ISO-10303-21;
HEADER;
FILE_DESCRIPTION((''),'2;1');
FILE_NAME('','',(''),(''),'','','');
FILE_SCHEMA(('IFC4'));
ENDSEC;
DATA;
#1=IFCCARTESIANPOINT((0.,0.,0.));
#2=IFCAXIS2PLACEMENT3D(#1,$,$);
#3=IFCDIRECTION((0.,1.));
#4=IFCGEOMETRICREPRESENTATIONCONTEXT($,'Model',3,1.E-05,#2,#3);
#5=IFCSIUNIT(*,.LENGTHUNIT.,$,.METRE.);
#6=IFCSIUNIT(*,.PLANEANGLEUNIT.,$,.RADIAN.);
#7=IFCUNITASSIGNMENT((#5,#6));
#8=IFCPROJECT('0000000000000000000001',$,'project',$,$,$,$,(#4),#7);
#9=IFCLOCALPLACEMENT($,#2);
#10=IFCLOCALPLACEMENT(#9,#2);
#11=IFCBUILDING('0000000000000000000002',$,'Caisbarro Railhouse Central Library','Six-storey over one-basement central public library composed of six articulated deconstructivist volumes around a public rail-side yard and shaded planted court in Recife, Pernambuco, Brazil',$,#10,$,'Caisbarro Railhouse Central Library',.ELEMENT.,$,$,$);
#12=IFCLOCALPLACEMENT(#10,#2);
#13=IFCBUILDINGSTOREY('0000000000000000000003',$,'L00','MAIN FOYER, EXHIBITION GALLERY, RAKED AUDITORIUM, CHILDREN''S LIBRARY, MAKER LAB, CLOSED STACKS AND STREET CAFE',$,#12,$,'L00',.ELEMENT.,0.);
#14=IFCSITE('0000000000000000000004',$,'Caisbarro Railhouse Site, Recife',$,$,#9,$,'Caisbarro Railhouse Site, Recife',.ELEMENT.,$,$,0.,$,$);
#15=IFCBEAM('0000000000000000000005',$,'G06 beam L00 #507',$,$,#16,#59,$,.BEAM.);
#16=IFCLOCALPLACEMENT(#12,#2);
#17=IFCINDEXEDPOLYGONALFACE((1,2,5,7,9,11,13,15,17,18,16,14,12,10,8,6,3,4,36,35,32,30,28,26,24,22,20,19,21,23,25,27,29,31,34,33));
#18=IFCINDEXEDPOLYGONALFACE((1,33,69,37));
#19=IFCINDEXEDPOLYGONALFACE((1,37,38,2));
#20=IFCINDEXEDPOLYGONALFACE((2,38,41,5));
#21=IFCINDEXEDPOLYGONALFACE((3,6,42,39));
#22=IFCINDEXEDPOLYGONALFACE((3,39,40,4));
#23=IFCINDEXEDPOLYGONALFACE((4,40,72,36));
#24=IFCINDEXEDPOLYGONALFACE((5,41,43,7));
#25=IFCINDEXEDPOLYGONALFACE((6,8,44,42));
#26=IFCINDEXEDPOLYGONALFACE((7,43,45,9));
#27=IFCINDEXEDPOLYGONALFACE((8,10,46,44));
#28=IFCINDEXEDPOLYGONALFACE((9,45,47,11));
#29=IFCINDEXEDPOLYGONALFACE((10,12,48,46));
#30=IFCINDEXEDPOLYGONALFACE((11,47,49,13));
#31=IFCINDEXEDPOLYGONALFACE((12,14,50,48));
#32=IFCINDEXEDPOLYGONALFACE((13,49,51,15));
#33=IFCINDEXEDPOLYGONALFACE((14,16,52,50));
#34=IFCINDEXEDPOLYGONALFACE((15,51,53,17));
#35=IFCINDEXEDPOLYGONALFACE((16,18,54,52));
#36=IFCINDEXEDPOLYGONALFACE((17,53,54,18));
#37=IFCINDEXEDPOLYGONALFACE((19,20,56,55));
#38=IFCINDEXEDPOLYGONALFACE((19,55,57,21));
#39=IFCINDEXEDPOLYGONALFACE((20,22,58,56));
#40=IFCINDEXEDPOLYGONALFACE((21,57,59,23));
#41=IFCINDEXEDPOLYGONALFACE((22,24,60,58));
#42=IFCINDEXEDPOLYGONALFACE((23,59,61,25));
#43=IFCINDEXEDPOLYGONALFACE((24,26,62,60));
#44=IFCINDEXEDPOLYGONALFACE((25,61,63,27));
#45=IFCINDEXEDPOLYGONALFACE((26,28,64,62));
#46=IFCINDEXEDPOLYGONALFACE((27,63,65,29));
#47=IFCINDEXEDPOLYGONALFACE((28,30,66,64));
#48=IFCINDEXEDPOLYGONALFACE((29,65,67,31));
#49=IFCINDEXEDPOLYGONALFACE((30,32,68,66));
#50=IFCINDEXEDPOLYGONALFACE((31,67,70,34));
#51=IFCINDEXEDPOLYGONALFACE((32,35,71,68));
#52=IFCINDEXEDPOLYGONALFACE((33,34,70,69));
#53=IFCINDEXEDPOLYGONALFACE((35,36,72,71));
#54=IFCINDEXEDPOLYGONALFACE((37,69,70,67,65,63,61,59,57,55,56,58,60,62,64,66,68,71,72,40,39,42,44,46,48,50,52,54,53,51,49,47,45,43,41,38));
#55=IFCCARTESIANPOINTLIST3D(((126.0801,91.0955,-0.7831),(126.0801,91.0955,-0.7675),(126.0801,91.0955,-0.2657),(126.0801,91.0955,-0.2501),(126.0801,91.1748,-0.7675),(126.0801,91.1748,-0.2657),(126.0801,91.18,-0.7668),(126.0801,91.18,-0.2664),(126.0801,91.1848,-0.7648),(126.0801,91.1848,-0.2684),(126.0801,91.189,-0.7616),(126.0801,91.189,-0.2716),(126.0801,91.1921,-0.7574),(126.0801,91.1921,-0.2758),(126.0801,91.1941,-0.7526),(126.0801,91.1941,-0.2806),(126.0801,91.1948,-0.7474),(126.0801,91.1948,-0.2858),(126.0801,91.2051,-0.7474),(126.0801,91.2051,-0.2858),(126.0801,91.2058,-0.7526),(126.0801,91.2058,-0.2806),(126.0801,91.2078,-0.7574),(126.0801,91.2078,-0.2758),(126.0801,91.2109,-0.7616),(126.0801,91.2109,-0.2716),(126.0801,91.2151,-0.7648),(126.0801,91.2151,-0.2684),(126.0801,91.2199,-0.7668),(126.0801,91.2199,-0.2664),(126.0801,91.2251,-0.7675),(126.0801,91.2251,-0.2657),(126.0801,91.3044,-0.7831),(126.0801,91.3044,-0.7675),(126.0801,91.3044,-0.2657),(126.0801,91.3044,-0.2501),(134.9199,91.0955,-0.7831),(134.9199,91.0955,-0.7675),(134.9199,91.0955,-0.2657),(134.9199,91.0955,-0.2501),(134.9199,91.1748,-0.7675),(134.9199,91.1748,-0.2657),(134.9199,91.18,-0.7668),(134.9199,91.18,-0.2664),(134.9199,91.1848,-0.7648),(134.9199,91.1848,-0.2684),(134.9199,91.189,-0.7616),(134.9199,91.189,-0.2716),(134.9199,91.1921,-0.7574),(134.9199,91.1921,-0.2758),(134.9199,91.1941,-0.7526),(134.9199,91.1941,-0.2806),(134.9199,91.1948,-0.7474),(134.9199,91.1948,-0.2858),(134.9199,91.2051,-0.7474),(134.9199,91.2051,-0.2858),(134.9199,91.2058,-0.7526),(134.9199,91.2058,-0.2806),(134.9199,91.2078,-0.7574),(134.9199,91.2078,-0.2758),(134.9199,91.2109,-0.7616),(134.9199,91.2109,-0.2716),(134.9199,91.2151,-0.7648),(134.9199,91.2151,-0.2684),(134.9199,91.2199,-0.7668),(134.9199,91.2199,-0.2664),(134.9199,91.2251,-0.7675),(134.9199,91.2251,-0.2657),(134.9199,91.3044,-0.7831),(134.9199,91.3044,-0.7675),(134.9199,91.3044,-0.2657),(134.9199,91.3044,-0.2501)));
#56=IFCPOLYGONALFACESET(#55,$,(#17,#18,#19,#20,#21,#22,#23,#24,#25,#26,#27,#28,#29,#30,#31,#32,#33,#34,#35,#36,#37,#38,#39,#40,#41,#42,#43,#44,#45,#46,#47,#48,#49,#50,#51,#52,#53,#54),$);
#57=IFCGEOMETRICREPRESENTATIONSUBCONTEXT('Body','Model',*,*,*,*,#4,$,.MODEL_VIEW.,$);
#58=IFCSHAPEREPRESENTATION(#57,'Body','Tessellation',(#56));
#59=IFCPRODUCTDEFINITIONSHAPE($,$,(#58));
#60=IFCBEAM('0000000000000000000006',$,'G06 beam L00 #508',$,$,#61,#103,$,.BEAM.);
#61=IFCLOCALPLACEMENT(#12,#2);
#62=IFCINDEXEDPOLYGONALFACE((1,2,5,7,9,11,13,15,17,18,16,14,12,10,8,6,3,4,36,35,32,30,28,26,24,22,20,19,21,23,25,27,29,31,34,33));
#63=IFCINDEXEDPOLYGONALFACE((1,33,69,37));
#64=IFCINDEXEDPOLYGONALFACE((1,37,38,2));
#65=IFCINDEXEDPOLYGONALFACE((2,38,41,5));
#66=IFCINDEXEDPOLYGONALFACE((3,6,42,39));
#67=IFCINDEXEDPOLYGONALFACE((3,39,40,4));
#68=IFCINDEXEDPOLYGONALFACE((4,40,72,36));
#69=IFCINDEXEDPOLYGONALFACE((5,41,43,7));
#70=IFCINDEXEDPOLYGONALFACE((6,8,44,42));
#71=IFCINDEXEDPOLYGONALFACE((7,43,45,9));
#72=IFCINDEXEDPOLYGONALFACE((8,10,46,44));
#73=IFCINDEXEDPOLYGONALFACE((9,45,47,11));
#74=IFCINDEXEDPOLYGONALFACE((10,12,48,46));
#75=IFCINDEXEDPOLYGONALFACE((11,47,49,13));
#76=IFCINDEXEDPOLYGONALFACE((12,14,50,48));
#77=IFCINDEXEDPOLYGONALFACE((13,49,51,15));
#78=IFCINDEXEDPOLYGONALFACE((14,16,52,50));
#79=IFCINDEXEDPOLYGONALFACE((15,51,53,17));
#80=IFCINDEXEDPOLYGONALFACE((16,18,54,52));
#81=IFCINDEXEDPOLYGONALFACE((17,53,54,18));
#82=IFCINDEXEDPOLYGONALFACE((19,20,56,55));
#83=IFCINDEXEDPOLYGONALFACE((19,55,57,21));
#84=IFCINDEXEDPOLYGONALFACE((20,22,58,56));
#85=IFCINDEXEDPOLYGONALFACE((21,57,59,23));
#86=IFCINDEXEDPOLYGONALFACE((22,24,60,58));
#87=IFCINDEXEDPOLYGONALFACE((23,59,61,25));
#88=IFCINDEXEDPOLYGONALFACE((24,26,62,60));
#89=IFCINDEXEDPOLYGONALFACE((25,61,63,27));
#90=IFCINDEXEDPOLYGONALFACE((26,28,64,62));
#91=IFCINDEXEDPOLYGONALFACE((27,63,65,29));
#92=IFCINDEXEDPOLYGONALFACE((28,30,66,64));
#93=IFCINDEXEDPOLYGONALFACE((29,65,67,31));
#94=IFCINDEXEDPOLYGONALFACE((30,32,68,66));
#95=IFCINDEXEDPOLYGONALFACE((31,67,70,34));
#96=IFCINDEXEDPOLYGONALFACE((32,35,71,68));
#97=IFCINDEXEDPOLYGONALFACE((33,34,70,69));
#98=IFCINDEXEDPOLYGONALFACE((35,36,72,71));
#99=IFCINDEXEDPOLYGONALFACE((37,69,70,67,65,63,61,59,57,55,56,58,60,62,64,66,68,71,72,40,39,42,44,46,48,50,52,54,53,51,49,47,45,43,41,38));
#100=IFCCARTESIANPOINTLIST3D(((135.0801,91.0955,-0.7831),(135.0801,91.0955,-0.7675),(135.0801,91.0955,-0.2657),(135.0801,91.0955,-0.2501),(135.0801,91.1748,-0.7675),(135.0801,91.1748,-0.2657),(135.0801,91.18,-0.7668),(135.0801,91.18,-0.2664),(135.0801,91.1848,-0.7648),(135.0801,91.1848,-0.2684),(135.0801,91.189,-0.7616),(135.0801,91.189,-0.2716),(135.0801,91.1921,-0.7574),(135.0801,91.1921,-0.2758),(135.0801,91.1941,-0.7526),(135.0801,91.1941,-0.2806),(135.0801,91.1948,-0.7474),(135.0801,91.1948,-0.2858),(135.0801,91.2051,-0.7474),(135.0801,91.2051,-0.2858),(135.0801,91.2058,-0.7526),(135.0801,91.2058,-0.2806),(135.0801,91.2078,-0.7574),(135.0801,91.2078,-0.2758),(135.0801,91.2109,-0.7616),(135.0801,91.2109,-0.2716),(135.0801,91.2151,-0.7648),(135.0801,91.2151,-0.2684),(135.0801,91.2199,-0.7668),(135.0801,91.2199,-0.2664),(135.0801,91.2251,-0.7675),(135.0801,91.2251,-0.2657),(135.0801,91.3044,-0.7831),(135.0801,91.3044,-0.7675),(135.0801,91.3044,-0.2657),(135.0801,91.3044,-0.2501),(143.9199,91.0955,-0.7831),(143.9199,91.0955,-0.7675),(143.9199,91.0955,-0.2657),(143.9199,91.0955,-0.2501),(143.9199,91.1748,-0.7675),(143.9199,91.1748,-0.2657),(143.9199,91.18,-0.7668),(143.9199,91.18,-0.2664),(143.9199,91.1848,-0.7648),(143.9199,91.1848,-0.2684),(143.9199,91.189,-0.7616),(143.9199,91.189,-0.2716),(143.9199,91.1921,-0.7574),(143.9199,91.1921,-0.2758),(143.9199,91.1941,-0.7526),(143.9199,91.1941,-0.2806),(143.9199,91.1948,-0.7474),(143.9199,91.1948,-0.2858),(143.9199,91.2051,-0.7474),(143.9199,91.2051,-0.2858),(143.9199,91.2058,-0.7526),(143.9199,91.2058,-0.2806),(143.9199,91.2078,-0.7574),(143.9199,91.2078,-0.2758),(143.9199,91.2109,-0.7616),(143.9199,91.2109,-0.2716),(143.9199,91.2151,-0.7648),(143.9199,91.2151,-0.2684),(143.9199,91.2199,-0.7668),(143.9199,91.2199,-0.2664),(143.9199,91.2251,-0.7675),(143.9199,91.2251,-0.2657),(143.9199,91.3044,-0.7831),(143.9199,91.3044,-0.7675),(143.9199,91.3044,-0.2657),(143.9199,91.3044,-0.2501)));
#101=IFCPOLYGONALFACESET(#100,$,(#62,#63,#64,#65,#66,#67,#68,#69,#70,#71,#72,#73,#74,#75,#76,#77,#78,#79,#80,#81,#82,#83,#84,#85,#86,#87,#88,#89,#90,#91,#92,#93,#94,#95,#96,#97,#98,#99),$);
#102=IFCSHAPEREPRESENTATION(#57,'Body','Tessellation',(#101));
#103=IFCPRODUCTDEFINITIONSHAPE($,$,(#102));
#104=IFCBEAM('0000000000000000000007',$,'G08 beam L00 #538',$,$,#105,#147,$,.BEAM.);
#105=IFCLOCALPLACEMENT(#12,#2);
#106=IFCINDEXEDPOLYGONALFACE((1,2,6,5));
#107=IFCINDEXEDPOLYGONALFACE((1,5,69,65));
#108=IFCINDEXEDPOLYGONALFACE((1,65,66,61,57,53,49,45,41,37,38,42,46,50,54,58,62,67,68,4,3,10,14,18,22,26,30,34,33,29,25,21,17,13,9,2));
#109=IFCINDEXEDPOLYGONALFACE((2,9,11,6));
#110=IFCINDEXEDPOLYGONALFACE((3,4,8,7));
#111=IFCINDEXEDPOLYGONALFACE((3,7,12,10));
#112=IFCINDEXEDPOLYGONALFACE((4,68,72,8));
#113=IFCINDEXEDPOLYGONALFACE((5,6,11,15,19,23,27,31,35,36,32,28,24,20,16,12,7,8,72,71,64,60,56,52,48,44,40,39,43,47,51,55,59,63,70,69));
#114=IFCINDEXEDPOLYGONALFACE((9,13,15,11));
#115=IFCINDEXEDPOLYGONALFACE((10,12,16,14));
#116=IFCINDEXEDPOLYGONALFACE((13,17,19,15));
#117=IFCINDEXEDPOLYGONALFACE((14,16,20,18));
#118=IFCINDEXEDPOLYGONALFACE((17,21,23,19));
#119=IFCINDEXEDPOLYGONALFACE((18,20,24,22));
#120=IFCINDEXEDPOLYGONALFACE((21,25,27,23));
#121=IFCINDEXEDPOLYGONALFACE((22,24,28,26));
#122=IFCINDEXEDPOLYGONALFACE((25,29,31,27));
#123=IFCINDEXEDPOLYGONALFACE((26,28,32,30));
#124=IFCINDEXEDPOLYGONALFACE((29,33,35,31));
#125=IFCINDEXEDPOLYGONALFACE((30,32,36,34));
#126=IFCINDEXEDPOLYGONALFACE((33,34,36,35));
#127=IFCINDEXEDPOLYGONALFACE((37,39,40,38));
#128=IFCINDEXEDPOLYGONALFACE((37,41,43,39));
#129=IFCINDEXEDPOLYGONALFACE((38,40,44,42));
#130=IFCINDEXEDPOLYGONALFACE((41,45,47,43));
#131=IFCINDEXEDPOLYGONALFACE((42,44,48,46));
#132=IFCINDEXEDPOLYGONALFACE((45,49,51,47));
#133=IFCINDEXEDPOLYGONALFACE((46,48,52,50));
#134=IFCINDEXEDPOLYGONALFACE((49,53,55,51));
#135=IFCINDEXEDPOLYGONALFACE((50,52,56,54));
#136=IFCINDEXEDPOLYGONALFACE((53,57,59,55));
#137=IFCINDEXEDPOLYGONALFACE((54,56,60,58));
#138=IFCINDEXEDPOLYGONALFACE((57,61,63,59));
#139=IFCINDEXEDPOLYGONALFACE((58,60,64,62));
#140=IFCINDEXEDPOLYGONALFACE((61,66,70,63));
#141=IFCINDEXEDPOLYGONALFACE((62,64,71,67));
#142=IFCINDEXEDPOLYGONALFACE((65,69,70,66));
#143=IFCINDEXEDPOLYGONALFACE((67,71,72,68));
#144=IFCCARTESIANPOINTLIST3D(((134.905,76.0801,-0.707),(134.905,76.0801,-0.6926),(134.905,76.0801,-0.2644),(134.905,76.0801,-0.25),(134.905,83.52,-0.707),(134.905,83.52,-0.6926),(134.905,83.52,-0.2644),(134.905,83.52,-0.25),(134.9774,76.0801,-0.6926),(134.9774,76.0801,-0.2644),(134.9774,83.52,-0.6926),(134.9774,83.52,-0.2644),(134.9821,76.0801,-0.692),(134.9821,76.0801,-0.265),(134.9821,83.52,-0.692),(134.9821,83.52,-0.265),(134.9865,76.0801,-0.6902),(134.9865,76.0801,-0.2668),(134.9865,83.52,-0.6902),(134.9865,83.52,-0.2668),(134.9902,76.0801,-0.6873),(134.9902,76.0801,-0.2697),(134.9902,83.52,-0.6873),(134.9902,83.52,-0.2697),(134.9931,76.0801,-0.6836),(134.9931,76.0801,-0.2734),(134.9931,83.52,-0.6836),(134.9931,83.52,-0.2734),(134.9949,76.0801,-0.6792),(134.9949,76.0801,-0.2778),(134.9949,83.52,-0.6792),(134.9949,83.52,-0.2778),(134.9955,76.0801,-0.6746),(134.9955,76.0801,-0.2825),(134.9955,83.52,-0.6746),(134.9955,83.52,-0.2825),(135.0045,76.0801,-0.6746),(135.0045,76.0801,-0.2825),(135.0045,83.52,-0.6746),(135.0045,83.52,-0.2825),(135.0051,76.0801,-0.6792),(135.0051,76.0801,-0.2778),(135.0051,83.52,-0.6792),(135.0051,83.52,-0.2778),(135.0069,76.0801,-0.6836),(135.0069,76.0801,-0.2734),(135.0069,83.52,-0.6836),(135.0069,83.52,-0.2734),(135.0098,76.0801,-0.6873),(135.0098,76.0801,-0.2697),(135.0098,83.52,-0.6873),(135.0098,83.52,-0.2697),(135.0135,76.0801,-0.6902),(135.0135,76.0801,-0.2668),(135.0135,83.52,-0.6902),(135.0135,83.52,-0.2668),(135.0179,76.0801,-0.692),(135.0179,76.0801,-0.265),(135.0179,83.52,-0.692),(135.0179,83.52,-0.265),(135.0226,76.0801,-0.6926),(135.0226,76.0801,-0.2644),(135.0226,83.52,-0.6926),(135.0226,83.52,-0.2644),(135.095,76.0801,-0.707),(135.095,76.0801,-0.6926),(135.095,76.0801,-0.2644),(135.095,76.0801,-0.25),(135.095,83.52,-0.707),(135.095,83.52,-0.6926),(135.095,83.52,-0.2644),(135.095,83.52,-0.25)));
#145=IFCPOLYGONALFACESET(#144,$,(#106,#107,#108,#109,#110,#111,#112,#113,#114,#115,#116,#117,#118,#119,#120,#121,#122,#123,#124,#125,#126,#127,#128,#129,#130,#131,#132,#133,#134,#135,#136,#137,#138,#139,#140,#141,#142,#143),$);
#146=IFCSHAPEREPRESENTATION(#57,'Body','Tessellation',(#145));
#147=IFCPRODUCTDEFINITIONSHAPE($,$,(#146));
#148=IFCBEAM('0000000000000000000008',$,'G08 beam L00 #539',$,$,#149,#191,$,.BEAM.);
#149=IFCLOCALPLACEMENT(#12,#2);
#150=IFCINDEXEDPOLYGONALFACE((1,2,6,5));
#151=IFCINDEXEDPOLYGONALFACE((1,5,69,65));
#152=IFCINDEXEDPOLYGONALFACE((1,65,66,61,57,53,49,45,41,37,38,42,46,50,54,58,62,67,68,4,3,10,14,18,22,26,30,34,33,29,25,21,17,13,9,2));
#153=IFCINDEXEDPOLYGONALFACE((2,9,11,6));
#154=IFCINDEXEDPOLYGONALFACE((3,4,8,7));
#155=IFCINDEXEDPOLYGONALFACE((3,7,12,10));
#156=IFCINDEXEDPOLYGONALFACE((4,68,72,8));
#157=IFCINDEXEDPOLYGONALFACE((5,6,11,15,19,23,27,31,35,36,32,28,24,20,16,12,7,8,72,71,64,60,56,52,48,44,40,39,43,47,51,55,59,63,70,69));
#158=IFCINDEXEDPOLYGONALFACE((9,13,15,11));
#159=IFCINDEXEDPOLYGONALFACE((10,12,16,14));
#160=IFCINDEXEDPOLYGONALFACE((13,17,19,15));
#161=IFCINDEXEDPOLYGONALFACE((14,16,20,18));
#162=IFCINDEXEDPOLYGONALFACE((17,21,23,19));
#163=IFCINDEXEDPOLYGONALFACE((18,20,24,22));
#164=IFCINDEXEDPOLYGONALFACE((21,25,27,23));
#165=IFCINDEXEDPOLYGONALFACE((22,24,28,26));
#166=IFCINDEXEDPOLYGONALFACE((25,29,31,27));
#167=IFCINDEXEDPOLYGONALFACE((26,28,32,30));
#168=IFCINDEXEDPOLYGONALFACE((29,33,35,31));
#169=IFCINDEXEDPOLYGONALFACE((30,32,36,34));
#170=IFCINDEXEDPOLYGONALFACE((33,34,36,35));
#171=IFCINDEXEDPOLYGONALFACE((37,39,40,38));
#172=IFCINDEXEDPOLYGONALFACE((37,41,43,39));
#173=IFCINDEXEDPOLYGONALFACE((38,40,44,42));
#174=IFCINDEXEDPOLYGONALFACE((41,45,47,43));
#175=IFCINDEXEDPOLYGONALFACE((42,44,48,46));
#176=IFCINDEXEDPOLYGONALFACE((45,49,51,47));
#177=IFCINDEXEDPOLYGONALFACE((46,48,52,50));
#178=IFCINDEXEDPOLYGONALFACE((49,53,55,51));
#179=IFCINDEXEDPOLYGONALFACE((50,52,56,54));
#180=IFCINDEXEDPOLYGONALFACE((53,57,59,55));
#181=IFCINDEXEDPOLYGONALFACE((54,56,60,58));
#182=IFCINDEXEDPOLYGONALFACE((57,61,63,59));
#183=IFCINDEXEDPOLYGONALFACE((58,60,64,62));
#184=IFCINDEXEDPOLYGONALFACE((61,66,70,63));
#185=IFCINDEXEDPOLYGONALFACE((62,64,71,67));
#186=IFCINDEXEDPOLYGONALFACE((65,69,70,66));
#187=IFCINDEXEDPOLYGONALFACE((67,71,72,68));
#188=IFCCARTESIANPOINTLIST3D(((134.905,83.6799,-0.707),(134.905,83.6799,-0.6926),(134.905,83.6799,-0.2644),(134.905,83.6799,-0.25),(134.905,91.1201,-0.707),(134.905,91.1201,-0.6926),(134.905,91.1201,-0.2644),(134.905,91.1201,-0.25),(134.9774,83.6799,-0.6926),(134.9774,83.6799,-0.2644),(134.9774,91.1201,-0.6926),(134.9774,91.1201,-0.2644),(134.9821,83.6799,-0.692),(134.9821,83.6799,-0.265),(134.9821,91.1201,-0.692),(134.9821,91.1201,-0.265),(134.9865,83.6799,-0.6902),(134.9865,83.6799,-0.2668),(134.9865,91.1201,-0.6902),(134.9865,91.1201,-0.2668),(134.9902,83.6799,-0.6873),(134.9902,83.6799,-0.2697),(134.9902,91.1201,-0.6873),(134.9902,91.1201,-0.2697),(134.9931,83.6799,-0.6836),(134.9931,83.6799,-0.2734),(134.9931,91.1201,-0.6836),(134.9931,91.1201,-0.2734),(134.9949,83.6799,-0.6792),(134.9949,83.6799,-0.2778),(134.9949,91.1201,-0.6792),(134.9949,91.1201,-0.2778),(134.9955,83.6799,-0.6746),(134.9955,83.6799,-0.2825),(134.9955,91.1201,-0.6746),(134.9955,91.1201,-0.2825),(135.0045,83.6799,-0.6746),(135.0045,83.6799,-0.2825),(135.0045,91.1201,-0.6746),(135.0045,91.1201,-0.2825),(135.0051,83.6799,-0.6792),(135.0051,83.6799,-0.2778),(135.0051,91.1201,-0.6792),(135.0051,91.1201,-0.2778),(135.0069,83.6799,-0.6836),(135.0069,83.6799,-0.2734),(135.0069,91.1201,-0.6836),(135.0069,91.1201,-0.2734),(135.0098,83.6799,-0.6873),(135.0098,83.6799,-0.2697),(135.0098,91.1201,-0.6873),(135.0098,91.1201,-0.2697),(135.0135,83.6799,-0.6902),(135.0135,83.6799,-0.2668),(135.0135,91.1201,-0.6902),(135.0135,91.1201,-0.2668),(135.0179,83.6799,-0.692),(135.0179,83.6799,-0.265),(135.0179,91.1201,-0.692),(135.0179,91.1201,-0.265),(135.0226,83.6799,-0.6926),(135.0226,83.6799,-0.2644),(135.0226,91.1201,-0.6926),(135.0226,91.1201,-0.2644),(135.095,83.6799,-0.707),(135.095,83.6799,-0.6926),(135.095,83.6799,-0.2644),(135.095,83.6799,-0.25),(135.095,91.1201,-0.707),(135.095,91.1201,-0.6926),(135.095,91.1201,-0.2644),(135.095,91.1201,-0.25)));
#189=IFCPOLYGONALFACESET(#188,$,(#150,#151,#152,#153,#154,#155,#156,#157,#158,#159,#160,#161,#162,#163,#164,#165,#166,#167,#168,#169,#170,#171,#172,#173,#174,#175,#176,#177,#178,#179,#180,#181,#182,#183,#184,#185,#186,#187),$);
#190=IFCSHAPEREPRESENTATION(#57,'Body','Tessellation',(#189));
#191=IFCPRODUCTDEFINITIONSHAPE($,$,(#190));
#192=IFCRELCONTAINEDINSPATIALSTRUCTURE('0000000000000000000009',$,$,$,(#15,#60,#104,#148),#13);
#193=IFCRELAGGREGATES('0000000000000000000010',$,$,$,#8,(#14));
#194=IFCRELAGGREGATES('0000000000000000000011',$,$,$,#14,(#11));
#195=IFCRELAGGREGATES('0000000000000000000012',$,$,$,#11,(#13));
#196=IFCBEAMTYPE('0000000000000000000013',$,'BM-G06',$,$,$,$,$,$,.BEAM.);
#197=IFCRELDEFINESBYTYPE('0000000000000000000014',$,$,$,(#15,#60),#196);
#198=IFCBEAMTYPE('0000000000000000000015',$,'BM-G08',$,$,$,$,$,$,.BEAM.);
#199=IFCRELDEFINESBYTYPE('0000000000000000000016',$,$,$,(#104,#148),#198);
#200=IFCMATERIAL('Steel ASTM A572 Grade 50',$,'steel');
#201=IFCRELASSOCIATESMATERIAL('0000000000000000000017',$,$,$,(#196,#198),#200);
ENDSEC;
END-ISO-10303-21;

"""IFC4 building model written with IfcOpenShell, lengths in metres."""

from ifc_helpers import new_model, si_unit, direction, frame, origin, origin_2d, place, context, subcontext, project, spatial, i_section, extrude, material, material_profile, profile_set, type_object, element, save


model = new_model("IFC4")

# Units and contexts
model_context = context("Model", 3, precision=1e-05, world=origin(), true_north=direction((0.0, 1.0)))
body_context = subcontext(model_context, "Body", "Model", "MODEL_VIEW")
ifc_project = project(units=[si_unit("LENGTHUNIT", "METRE"), si_unit("PLANEANGLEUNIT", "RADIAN")], contexts=[model_context])

# Site, building, storey
site_placement = place(None, origin())
site = spatial("IfcSite", under=ifc_project, at=site_placement, Name="Caisbarro Railhouse Site, Recife", LongName="Caisbarro Railhouse Site, Recife", CompositionType="ELEMENT", RefElevation=0.0)
building_placement = place(site_placement, origin())
building = spatial("IfcBuilding", under=site, at=building_placement, Name="Caisbarro Railhouse Central Library", Description="Six-storey over one-basement central public library composed of six articulated deconstructivist volumes around a public rail-side yard and shaded planted court in Recife, Pernambuco, Brazil", LongName="Caisbarro Railhouse Central Library", CompositionType="ELEMENT")
storey_placement = place(building_placement, origin())
storey = spatial("IfcBuildingStorey", under=building, at=storey_placement, Name="L00", Description="MAIN FOYER, EXHIBITION GALLERY, RAKED AUDITORIUM, CHILDREN'S LIBRARY, MAKER LAB, CLOSED STACKS AND STREET CAFE", LongName="L00", CompositionType="ELEMENT", Elevation=0.0)

# Shared definitions
ifc_material_1 = material(Name="Steel ASTM A572 Grade 50", Category="steel")

# Beams
ifc_material_profile_1 = material_profile(ifc_material_1, i_section(OverallWidth=0.209, OverallDepth=0.533, WebThickness=0.0103, FlangeThickness=0.0156, FilletRadius=0.02, at=origin_2d()), Name="W530X92.0")
ifc_profile_set_1 = profile_set([ifc_material_profile_1], Name="Steel ASTM A572 Grade 50")
beam_type_1 = type_object("IfcBeamType", Name="BM-G06", PredefinedType="BEAM", material=ifc_profile_set_1)
for number, where, z_axis, x_axis, name in (
    (1, (126.0801, 91.2, -0.5166), (1.0, 0.0, 0.0), (0.0, 1.0, 0.0), "G06 beam L00 #507"),
    (2, (135.0801, 91.2, -0.5166), (1.0, 0.0, 0.0), (0.0, 1.0, 0.0), "G06 beam L00 #508"),
):
    element("IfcBeam", number, at=place(storey_placement, frame(where, z_axis=z_axis, x_axis=x_axis)), inside=storey, type_object=beam_type_1, Name=name, PredefinedType="BEAM", context=body_context, shape_type="SweptSolid", body=[
        extrude(i_section(OverallWidth=0.209, OverallDepth=0.533, WebThickness=0.0103, FlangeThickness=0.0156, FilletRadius=0.02, at=origin_2d()), origin(), (0.0, 0.0, 1.0), 8.8398),
    ])
ifc_material_profile_2 = material_profile(ifc_material_1, i_section(OverallWidth=0.1899, OverallDepth=0.457, WebThickness=0.009, FlangeThickness=0.0144, FilletRadius=0.0181, at=origin_2d()), Name="W460X74.0")
ifc_profile_set_2 = profile_set([ifc_material_profile_2], Name="Steel ASTM A572 Grade 50")
beam_type_2 = type_object("IfcBeamType", Name="BM-G08", PredefinedType="BEAM", material=ifc_profile_set_2)
beam_1_placement = place(storey_placement, frame((135.0, 76.0801, -0.4785), z_axis=(0.0, 1.0, 0.0), x_axis=(-1.0, 0.0, 0.0)))
element("IfcBeam", 3, at=beam_1_placement, inside=storey, type_object=beam_type_2, Name="G08 beam L00 #538", PredefinedType="BEAM", context=body_context, shape_type="SweptSolid", body=[
    extrude(i_section(OverallWidth=0.1899, OverallDepth=0.457, WebThickness=0.009, FlangeThickness=0.0144, FilletRadius=0.0181, at=origin_2d()), origin(), (0.0, 0.0, 1.0), 7.4399),
])
beam_2_placement = place(storey_placement, frame((135.0, 83.6799, -0.4785), z_axis=(0.0, 1.0, 0.0), x_axis=(-1.0, 0.0, 0.0)))
element("IfcBeam", 4, at=beam_2_placement, inside=storey, type_object=beam_type_2, Name="G08 beam L00 #539", PredefinedType="BEAM", context=body_context, shape_type="SweptSolid", body=[
    extrude(i_section(OverallWidth=0.1899, OverallDepth=0.457, WebThickness=0.009, FlangeThickness=0.0144, FilletRadius=0.0181, at=origin_2d()), origin(), (0.0, 0.0, 1.0), 7.4402),
])

save(model, "model.ifc")
